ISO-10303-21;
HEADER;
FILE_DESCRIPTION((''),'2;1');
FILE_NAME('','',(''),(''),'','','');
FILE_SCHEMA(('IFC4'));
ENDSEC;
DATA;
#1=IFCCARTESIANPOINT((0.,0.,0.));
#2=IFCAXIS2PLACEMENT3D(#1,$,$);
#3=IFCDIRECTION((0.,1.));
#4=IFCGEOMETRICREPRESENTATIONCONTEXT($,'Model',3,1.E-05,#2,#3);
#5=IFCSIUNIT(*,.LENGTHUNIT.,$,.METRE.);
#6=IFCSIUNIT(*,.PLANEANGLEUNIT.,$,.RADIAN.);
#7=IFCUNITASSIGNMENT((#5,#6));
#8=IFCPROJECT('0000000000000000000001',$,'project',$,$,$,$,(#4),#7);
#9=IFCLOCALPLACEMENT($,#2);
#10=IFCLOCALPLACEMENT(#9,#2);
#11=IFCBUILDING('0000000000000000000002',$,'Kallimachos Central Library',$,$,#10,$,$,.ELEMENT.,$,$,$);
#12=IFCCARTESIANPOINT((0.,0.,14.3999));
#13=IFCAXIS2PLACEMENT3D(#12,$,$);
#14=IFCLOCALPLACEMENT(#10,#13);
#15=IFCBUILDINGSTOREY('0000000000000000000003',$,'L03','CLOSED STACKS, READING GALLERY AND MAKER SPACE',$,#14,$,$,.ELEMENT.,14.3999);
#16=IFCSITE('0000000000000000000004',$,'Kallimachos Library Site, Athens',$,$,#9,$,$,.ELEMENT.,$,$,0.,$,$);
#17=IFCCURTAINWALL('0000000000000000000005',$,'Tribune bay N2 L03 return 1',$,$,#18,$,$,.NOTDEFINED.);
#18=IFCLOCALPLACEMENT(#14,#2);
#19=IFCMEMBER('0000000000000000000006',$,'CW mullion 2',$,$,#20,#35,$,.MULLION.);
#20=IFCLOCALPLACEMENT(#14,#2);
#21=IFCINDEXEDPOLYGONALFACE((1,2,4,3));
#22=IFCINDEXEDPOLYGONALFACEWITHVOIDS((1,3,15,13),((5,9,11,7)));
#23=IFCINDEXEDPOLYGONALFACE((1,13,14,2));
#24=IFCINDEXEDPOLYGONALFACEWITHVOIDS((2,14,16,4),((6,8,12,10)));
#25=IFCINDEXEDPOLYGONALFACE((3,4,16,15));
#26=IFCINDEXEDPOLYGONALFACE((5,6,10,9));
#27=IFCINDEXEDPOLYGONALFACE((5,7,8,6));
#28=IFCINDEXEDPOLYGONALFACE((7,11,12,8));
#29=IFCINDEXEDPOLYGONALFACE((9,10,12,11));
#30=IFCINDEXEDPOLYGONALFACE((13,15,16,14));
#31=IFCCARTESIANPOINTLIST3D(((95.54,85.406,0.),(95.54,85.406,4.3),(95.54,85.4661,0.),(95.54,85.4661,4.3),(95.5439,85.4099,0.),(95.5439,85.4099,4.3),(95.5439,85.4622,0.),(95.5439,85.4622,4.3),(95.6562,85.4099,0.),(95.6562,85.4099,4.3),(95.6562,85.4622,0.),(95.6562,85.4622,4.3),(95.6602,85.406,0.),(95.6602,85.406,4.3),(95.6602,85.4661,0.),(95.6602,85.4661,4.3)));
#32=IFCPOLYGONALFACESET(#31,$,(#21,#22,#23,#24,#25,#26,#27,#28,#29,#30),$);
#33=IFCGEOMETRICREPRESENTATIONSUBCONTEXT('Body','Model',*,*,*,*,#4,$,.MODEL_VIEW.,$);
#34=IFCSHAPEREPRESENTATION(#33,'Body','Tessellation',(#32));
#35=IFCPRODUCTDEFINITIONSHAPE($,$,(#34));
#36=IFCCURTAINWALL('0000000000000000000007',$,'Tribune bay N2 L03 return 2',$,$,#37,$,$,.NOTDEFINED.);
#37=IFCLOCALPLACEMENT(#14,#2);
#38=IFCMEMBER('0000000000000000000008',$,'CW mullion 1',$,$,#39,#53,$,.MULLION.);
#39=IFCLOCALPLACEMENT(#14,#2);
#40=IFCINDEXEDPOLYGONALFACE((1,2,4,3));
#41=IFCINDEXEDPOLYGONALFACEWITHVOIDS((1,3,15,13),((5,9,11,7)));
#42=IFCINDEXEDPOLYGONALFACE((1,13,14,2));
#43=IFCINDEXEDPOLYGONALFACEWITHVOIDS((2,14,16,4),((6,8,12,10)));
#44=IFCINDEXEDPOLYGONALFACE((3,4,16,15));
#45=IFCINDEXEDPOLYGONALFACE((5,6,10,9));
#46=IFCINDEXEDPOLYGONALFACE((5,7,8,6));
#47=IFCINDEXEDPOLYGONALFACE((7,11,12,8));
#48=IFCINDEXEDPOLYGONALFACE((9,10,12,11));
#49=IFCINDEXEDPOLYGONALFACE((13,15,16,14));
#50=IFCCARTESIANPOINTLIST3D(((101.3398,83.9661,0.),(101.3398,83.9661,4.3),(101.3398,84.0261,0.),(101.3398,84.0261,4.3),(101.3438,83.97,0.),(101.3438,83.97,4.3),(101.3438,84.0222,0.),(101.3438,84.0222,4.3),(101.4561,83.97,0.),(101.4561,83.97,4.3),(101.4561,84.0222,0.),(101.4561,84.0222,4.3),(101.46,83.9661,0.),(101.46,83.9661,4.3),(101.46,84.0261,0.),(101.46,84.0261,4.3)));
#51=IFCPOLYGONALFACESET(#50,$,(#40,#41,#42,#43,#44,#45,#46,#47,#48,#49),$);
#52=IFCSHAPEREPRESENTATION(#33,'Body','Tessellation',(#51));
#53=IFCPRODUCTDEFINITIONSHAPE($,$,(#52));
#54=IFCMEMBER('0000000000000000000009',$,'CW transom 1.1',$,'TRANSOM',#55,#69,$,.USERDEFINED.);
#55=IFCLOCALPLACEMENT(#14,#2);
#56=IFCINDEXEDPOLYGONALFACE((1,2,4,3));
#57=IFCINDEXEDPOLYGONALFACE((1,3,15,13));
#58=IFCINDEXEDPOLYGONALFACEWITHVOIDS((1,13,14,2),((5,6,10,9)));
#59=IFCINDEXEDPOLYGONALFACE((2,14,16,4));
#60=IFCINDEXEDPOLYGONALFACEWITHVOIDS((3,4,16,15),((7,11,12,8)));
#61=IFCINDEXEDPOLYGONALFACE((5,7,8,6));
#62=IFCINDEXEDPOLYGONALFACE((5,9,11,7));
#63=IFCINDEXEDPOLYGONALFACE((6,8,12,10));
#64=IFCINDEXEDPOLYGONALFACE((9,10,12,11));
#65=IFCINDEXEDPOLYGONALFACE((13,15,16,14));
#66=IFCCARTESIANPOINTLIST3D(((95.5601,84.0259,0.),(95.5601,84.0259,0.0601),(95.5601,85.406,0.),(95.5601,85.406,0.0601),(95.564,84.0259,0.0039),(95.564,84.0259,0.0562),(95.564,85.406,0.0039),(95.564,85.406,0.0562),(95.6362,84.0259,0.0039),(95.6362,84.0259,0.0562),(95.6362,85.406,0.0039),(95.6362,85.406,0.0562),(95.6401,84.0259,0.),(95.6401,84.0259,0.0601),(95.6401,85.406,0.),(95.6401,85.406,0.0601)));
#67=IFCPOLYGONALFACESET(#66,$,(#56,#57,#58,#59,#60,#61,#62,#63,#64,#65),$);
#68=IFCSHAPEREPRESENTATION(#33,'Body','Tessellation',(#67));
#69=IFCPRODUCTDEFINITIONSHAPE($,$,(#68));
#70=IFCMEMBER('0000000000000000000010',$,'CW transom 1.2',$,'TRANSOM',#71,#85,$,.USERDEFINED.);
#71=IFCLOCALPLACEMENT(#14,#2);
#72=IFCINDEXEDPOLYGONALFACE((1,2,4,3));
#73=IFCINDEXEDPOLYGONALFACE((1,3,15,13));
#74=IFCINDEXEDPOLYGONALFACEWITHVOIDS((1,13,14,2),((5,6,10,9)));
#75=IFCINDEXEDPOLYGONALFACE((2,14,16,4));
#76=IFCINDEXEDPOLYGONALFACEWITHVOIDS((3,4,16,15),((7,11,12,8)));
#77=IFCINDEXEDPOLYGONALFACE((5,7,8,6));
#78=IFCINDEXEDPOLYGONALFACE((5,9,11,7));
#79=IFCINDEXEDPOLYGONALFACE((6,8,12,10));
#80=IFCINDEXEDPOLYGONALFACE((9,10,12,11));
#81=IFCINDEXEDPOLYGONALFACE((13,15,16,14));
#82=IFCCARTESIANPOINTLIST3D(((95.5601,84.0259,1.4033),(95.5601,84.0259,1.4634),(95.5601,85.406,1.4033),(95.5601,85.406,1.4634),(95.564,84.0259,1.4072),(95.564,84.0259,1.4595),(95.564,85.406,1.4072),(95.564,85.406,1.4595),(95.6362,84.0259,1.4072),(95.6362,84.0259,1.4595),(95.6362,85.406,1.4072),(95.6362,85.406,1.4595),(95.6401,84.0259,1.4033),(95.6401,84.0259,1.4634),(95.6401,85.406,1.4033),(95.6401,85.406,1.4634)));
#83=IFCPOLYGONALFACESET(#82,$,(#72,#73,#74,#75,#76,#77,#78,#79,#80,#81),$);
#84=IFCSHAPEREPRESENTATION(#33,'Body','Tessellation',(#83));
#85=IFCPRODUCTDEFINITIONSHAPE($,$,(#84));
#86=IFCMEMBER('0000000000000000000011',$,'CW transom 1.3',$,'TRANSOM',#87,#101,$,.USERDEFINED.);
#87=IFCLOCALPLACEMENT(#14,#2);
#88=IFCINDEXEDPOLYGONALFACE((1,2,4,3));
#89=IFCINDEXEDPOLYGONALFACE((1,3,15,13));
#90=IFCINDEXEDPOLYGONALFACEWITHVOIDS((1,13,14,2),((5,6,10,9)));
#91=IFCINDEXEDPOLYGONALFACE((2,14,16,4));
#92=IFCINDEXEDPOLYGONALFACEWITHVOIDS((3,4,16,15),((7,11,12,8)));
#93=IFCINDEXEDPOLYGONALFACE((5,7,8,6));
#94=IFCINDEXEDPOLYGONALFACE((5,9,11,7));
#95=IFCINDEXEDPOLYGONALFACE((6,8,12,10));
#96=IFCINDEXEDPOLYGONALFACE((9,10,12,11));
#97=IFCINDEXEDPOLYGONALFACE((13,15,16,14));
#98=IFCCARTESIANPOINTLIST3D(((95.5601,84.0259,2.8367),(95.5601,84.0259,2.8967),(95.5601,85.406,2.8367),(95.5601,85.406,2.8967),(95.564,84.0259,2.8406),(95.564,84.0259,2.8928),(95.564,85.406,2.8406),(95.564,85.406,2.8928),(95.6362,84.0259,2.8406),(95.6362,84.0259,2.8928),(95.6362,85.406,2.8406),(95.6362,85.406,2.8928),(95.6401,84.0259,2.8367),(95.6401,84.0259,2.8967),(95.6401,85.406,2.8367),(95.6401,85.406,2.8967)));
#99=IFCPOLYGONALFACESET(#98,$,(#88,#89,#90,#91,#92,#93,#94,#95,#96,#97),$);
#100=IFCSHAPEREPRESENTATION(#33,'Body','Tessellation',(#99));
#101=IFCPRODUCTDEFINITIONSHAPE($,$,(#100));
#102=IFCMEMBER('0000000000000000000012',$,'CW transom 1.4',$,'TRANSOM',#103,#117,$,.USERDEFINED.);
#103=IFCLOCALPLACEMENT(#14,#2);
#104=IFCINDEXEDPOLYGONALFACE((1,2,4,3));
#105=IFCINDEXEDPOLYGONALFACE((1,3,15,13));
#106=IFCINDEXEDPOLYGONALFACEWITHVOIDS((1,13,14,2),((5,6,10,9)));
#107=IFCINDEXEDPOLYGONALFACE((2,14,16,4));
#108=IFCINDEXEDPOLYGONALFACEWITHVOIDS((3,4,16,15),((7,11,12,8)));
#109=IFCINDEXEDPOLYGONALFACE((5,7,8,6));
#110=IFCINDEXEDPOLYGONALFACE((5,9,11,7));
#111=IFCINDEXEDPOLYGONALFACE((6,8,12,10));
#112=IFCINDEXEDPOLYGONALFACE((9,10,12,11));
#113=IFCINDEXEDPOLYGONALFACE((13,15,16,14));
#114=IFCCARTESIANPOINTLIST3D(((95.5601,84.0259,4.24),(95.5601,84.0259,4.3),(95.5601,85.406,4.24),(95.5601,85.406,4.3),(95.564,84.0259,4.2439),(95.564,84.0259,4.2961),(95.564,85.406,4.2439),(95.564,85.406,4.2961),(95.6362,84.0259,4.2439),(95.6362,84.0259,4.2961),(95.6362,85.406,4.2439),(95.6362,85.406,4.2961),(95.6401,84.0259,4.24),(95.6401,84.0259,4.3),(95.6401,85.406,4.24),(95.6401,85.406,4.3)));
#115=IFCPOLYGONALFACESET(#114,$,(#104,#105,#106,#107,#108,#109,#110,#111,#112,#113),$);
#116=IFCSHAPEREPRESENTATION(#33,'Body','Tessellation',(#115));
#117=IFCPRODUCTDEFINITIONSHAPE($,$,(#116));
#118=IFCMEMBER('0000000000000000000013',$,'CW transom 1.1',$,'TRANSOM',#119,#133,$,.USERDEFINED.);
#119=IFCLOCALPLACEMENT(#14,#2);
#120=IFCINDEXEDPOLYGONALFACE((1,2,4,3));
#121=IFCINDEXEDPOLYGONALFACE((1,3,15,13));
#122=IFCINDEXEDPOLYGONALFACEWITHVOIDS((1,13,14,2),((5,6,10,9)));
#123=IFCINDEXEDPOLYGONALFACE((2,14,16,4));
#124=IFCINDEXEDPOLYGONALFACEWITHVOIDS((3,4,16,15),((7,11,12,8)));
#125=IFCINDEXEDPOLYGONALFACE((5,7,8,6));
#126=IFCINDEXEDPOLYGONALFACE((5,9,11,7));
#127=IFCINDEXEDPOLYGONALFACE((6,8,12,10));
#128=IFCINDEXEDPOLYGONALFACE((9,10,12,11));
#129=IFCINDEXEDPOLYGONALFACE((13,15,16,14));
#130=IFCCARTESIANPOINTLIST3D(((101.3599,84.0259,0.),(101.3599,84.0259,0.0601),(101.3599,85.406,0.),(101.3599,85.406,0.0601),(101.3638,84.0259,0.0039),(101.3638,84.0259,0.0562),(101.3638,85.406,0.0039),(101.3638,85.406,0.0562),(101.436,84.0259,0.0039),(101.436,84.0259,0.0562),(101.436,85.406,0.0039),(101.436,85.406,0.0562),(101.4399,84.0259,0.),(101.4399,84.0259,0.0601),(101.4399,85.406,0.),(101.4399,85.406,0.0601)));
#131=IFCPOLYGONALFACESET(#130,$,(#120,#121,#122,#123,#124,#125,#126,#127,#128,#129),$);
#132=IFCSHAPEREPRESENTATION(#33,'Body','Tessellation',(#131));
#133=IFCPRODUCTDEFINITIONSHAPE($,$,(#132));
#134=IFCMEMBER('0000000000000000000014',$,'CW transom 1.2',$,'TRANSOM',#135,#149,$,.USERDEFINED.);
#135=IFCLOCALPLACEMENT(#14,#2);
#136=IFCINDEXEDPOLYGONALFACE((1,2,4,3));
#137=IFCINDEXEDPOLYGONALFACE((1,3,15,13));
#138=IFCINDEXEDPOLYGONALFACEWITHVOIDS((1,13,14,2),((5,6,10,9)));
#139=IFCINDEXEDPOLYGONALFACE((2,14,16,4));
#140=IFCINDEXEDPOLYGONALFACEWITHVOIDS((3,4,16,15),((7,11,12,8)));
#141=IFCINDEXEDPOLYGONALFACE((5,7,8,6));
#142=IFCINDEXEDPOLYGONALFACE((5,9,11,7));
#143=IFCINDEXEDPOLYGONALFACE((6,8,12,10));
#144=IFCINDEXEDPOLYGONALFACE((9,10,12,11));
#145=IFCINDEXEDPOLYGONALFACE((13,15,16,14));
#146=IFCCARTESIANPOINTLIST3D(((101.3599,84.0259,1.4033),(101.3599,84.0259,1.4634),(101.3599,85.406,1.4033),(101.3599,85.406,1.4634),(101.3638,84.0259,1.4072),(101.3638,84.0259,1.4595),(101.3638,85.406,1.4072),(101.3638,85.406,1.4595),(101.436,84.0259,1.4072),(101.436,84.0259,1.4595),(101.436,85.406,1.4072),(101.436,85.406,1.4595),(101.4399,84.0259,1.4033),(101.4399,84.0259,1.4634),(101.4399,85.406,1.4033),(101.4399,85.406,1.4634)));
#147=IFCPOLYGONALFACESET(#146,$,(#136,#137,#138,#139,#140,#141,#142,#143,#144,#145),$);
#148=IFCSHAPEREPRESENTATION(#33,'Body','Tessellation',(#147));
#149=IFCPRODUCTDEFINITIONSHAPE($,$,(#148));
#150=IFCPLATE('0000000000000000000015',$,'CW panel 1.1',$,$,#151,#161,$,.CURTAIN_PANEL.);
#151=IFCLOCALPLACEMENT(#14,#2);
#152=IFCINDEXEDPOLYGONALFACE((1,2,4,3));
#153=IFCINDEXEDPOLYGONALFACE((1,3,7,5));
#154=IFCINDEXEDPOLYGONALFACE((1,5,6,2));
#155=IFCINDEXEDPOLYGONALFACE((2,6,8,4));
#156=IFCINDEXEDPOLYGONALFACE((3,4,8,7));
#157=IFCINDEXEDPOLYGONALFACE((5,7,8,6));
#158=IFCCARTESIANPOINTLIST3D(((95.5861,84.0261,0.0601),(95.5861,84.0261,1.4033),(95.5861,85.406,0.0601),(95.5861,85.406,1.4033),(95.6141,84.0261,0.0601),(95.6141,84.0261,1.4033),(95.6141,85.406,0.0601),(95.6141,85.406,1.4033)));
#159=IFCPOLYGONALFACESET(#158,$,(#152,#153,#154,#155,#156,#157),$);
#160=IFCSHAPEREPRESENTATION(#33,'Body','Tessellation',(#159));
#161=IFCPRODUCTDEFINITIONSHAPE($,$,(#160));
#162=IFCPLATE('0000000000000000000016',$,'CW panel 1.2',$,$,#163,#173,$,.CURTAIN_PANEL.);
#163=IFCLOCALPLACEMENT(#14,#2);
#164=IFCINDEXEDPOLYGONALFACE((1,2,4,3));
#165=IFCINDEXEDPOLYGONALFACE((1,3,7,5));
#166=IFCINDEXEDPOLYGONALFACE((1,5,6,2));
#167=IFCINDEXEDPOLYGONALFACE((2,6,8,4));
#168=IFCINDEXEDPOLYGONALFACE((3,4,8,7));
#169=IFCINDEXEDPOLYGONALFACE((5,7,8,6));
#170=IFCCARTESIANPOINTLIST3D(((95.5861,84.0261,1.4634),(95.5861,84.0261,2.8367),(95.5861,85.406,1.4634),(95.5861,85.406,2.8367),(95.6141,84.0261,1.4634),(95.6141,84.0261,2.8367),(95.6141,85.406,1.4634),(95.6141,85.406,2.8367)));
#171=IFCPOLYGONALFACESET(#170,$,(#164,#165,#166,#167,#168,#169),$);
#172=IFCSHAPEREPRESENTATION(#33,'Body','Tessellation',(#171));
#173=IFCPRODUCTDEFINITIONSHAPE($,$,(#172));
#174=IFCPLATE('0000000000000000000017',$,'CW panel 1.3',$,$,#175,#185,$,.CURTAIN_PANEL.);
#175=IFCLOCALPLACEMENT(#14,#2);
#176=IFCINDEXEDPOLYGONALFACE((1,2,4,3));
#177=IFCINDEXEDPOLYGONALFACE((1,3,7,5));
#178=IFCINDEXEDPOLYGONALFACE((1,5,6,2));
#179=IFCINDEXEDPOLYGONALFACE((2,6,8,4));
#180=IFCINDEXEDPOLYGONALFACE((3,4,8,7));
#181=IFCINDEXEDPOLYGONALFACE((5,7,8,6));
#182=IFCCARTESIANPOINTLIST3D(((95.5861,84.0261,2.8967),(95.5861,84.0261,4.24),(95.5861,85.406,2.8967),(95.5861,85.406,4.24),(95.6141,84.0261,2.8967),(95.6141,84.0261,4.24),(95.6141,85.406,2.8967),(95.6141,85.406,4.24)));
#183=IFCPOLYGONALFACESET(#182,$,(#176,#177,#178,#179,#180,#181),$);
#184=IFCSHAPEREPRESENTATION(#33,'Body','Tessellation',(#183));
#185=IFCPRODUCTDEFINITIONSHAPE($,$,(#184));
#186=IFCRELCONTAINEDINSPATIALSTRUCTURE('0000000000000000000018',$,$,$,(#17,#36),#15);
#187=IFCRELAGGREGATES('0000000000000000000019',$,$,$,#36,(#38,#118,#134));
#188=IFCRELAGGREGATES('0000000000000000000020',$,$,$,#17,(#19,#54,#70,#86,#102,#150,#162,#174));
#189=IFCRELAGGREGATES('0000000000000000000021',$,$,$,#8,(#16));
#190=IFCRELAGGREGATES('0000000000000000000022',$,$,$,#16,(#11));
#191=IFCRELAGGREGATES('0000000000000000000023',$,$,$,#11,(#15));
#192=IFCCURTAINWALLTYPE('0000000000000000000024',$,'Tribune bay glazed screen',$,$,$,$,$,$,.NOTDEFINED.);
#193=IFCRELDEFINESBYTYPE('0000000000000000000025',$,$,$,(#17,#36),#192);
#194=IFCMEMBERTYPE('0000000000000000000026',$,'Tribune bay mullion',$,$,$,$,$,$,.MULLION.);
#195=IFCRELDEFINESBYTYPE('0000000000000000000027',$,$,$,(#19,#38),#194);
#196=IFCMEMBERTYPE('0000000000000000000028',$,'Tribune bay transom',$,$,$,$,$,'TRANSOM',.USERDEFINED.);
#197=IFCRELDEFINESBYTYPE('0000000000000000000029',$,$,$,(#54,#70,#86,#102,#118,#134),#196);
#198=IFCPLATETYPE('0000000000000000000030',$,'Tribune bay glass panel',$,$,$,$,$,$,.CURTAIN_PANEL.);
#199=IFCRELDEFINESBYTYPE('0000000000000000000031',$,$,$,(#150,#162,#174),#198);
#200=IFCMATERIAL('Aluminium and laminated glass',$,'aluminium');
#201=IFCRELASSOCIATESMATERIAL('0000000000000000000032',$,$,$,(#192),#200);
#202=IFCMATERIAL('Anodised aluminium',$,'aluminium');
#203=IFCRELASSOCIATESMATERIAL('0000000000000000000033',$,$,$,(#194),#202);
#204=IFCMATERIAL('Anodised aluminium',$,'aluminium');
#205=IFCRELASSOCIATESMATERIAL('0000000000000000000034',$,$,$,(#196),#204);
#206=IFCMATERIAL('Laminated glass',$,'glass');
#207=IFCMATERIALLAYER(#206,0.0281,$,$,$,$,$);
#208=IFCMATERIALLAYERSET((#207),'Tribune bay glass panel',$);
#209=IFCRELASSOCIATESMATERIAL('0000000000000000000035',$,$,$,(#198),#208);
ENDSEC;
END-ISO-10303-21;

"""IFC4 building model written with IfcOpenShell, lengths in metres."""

from ifc_helpers import new_model, si_unit, direction, frame, origin, origin_2d, place, context, subcontext, project, spatial, rectangle, hollow_rectangle, extrude, material, layer, layer_set, material_profile, profile_set, type_object, element, aggregate, save


model = new_model("IFC4")

# Units and contexts
model_context = context("Model", 3, precision=1e-05, world=origin(), true_north=direction((0.0, 1.0)))
body_context = subcontext(model_context, "Body", "Model", "MODEL_VIEW")
ifc_project = project(units=[si_unit("LENGTHUNIT", "METRE"), si_unit("PLANEANGLEUNIT", "RADIAN")], contexts=[model_context])

# Site, building, storey
site_placement = place(None, origin())
site = spatial("IfcSite", under=ifc_project, at=site_placement, Name="Kallimachos Library Site, Athens", CompositionType="ELEMENT", RefElevation=0.0)
building_placement = place(site_placement, origin())
building = spatial("IfcBuilding", under=site, at=building_placement, Name="Kallimachos Central Library", CompositionType="ELEMENT")
storey_placement = place(building_placement, frame((0.0, 0.0, 14.3999)))
storey = spatial("IfcBuildingStorey", under=building, at=storey_placement, Name="L03", Description="CLOSED STACKS, READING GALLERY AND MAKER SPACE", CompositionType="ELEMENT", Elevation=14.3999)

# Curtain wall, member
ifc_material_1 = material(Name="Aluminium and laminated glass", Category="aluminium")
curtain_wall_type_1 = type_object("IfcCurtainWallType", Name="Tribune bay glazed screen", PredefinedType="NOTDEFINED", material=ifc_material_1)
curtain_wall_1_placement = place(storey_placement, origin())
curtain_wall_1 = element("IfcCurtainWall", 1, at=curtain_wall_1_placement, inside=storey, type_object=curtain_wall_type_1, Name="Tribune bay N2 L03 return 1", PredefinedType="NOTDEFINED")
ifc_material_2 = material(Name="Anodised aluminium", Category="aluminium")
ifc_material_profile_1 = material_profile(ifc_material_2, hollow_rectangle(XDim=0.0601, YDim=0.1201, WallThickness=0.0039, at=origin_2d()), Name="ALU MULLION 60x120")
ifc_profile_set_1 = profile_set([ifc_material_profile_1], Name="Anodised aluminium")
member_type_1 = type_object("IfcMemberType", Name="Tribune bay mullion", PredefinedType="MULLION", material=ifc_profile_set_1)
member_1_placement = place(storey_placement, frame((95.6001, 85.436, 0.0), z_axis=(0.0, 0.0, 1.0), x_axis=(0.0, 1.0, 0.0)))
member_1 = element("IfcMember", 2, at=member_1_placement, type_object=member_type_1, Name="CW mullion 2", PredefinedType="MULLION", context=body_context, shape_type="SweptSolid", body=[
    extrude(hollow_rectangle(XDim=0.0601, YDim=0.1201, WallThickness=0.0039, at=origin_2d()), origin(), (0.0, 0.0, 1.0), 4.3),
])

# Curtain wall, member
curtain_wall_2_placement = place(storey_placement, origin())
curtain_wall_2 = element("IfcCurtainWall", 3, at=curtain_wall_2_placement, inside=storey, type_object=curtain_wall_type_1, Name="Tribune bay N2 L03 return 2", PredefinedType="NOTDEFINED")
member_2_placement = place(storey_placement, frame((101.3999, 83.9961, 0.0), z_axis=(0.0, 0.0, 1.0), x_axis=(0.0, 1.0, 0.0)))
member_2 = element("IfcMember", 4, at=member_2_placement, type_object=member_type_1, Name="CW mullion 1", PredefinedType="MULLION", context=body_context, shape_type="SweptSolid", body=[
    extrude(hollow_rectangle(XDim=0.0601, YDim=0.1201, WallThickness=0.0039, at=origin_2d()), origin(), (0.0, 0.0, 1.0), 4.3),
])

# Members
ifc_material_3 = material(Name="Anodised aluminium", Category="aluminium")
ifc_material_profile_2 = material_profile(ifc_material_3, hollow_rectangle(XDim=0.0601, YDim=0.0801, WallThickness=0.0039, at=origin_2d()), Name="ALU TRANSOM 60x80")
ifc_profile_set_2 = profile_set([ifc_material_profile_2], Name="Anodised aluminium")
member_type_2 = type_object("IfcMemberType", Name="Tribune bay transom", ElementType="TRANSOM", PredefinedType="USERDEFINED", material=ifc_profile_set_2)
member_3_placement = place(storey_placement, frame((95.6001, 84.0259, 0.03), z_axis=(0.0, 1.0, 0.0), x_axis=(0.0, 0.0, 1.0)))
member_3 = element("IfcMember", 5, at=member_3_placement, type_object=member_type_2, Name="CW transom 1.1", ObjectType="TRANSOM", PredefinedType="USERDEFINED", context=body_context, shape_type="SweptSolid", body=[
    extrude(hollow_rectangle(XDim=0.0601, YDim=0.0801, WallThickness=0.0039, at=origin_2d()), origin(), (0.0, 0.0, 1.0), 1.3801),
])
member_4_placement = place(storey_placement, frame((95.6001, 84.0259, 1.4333), z_axis=(0.0, 1.0, 0.0), x_axis=(0.0, 0.0, 1.0)))
member_4 = element("IfcMember", 6, at=member_4_placement, type_object=member_type_2, Name="CW transom 1.2", ObjectType="TRANSOM", PredefinedType="USERDEFINED", context=body_context, shape_type="SweptSolid", body=[
    extrude(hollow_rectangle(XDim=0.0601, YDim=0.0801, WallThickness=0.0039, at=origin_2d()), origin(), (0.0, 0.0, 1.0), 1.3801),
])
member_5_placement = place(storey_placement, frame((95.6001, 84.0259, 2.8667), z_axis=(0.0, 1.0, 0.0), x_axis=(0.0, 0.0, 1.0)))
member_5 = element("IfcMember", 7, at=member_5_placement, type_object=member_type_2, Name="CW transom 1.3", ObjectType="TRANSOM", PredefinedType="USERDEFINED", context=body_context, shape_type="SweptSolid", body=[
    extrude(hollow_rectangle(XDim=0.0601, YDim=0.0801, WallThickness=0.0039, at=origin_2d()), origin(), (0.0, 0.0, 1.0), 1.3801),
])
member_6_placement = place(storey_placement, frame((95.6001, 84.0259, 4.27), z_axis=(0.0, 1.0, 0.0), x_axis=(0.0, 0.0, 1.0)))
member_6 = element("IfcMember", 8, at=member_6_placement, type_object=member_type_2, Name="CW transom 1.4", ObjectType="TRANSOM", PredefinedType="USERDEFINED", context=body_context, shape_type="SweptSolid", body=[
    extrude(hollow_rectangle(XDim=0.0601, YDim=0.0801, WallThickness=0.0039, at=origin_2d()), origin(), (0.0, 0.0, 1.0), 1.3801),
])
member_7_placement = place(storey_placement, frame((101.3999, 84.0259, 0.03), z_axis=(0.0, 1.0, 0.0), x_axis=(0.0, 0.0, 1.0)))
member_7 = element("IfcMember", 9, at=member_7_placement, type_object=member_type_2, Name="CW transom 1.1", ObjectType="TRANSOM", PredefinedType="USERDEFINED", context=body_context, shape_type="SweptSolid", body=[
    extrude(hollow_rectangle(XDim=0.0601, YDim=0.0801, WallThickness=0.0039, at=origin_2d()), origin(), (0.0, 0.0, 1.0), 1.3801),
])
member_8_placement = place(storey_placement, frame((101.3999, 84.0259, 1.4333), z_axis=(0.0, 1.0, 0.0), x_axis=(0.0, 0.0, 1.0)))
member_8 = element("IfcMember", 10, at=member_8_placement, type_object=member_type_2, Name="CW transom 1.2", ObjectType="TRANSOM", PredefinedType="USERDEFINED", context=body_context, shape_type="SweptSolid", body=[
    extrude(hollow_rectangle(XDim=0.0601, YDim=0.0801, WallThickness=0.0039, at=origin_2d()), origin(), (0.0, 0.0, 1.0), 1.3801),
])
aggregate(curtain_wall_2, [member_2, member_7, member_8])

# Plates
ifc_material_4 = material(Name="Laminated glass", Category="glass")
ifc_layer_1 = layer(ifc_material_4, 0.0281)
ifc_layer_set_1 = layer_set([ifc_layer_1], Name="Tribune bay glass panel")
plate_type = type_object("IfcPlateType", Name="Tribune bay glass panel", PredefinedType="CURTAIN_PANEL", material=ifc_layer_set_1)
plate_1_placement = place(storey_placement, frame((95.6001, 84.7161, 0.0601), z_axis=(0.0, 0.0, 1.0), x_axis=(0.0, 1.0, 0.0)))
plate_1 = element("IfcPlate", 11, at=plate_1_placement, type_object=plate_type, Name="CW panel 1.1", PredefinedType="CURTAIN_PANEL", context=body_context, shape_type="SweptSolid", body=[
    extrude(rectangle(XDim=1.3799, YDim=0.0281, at=origin_2d()), origin(), (0.0, 0.0, 1.0), 1.3433),
])
plate_2_placement = place(storey_placement, frame((95.6001, 84.7161, 1.4634), z_axis=(0.0, 0.0, 1.0), x_axis=(0.0, 1.0, 0.0)))
plate_2 = element("IfcPlate", 12, at=plate_2_placement, type_object=plate_type, Name="CW panel 1.2", PredefinedType="CURTAIN_PANEL", context=body_context, shape_type="SweptSolid", body=[
    extrude(rectangle(XDim=1.3799, YDim=0.0281, at=origin_2d()), origin(), (0.0, 0.0, 1.0), 1.3733),
])
plate_3_placement = place(storey_placement, frame((95.6001, 84.7161, 2.8967), z_axis=(0.0, 0.0, 1.0), x_axis=(0.0, 1.0, 0.0)))
plate_3 = element("IfcPlate", 13, at=plate_3_placement, type_object=plate_type, Name="CW panel 1.3", PredefinedType="CURTAIN_PANEL", context=body_context, shape_type="SweptSolid", body=[
    extrude(rectangle(XDim=1.3799, YDim=0.0281, at=origin_2d()), origin(), (0.0, 0.0, 1.0), 1.3433),
])
aggregate(curtain_wall_1, [member_1, member_3, member_4, member_5, member_6, plate_1, plate_2, plate_3])

save(model, "model.ifc")
